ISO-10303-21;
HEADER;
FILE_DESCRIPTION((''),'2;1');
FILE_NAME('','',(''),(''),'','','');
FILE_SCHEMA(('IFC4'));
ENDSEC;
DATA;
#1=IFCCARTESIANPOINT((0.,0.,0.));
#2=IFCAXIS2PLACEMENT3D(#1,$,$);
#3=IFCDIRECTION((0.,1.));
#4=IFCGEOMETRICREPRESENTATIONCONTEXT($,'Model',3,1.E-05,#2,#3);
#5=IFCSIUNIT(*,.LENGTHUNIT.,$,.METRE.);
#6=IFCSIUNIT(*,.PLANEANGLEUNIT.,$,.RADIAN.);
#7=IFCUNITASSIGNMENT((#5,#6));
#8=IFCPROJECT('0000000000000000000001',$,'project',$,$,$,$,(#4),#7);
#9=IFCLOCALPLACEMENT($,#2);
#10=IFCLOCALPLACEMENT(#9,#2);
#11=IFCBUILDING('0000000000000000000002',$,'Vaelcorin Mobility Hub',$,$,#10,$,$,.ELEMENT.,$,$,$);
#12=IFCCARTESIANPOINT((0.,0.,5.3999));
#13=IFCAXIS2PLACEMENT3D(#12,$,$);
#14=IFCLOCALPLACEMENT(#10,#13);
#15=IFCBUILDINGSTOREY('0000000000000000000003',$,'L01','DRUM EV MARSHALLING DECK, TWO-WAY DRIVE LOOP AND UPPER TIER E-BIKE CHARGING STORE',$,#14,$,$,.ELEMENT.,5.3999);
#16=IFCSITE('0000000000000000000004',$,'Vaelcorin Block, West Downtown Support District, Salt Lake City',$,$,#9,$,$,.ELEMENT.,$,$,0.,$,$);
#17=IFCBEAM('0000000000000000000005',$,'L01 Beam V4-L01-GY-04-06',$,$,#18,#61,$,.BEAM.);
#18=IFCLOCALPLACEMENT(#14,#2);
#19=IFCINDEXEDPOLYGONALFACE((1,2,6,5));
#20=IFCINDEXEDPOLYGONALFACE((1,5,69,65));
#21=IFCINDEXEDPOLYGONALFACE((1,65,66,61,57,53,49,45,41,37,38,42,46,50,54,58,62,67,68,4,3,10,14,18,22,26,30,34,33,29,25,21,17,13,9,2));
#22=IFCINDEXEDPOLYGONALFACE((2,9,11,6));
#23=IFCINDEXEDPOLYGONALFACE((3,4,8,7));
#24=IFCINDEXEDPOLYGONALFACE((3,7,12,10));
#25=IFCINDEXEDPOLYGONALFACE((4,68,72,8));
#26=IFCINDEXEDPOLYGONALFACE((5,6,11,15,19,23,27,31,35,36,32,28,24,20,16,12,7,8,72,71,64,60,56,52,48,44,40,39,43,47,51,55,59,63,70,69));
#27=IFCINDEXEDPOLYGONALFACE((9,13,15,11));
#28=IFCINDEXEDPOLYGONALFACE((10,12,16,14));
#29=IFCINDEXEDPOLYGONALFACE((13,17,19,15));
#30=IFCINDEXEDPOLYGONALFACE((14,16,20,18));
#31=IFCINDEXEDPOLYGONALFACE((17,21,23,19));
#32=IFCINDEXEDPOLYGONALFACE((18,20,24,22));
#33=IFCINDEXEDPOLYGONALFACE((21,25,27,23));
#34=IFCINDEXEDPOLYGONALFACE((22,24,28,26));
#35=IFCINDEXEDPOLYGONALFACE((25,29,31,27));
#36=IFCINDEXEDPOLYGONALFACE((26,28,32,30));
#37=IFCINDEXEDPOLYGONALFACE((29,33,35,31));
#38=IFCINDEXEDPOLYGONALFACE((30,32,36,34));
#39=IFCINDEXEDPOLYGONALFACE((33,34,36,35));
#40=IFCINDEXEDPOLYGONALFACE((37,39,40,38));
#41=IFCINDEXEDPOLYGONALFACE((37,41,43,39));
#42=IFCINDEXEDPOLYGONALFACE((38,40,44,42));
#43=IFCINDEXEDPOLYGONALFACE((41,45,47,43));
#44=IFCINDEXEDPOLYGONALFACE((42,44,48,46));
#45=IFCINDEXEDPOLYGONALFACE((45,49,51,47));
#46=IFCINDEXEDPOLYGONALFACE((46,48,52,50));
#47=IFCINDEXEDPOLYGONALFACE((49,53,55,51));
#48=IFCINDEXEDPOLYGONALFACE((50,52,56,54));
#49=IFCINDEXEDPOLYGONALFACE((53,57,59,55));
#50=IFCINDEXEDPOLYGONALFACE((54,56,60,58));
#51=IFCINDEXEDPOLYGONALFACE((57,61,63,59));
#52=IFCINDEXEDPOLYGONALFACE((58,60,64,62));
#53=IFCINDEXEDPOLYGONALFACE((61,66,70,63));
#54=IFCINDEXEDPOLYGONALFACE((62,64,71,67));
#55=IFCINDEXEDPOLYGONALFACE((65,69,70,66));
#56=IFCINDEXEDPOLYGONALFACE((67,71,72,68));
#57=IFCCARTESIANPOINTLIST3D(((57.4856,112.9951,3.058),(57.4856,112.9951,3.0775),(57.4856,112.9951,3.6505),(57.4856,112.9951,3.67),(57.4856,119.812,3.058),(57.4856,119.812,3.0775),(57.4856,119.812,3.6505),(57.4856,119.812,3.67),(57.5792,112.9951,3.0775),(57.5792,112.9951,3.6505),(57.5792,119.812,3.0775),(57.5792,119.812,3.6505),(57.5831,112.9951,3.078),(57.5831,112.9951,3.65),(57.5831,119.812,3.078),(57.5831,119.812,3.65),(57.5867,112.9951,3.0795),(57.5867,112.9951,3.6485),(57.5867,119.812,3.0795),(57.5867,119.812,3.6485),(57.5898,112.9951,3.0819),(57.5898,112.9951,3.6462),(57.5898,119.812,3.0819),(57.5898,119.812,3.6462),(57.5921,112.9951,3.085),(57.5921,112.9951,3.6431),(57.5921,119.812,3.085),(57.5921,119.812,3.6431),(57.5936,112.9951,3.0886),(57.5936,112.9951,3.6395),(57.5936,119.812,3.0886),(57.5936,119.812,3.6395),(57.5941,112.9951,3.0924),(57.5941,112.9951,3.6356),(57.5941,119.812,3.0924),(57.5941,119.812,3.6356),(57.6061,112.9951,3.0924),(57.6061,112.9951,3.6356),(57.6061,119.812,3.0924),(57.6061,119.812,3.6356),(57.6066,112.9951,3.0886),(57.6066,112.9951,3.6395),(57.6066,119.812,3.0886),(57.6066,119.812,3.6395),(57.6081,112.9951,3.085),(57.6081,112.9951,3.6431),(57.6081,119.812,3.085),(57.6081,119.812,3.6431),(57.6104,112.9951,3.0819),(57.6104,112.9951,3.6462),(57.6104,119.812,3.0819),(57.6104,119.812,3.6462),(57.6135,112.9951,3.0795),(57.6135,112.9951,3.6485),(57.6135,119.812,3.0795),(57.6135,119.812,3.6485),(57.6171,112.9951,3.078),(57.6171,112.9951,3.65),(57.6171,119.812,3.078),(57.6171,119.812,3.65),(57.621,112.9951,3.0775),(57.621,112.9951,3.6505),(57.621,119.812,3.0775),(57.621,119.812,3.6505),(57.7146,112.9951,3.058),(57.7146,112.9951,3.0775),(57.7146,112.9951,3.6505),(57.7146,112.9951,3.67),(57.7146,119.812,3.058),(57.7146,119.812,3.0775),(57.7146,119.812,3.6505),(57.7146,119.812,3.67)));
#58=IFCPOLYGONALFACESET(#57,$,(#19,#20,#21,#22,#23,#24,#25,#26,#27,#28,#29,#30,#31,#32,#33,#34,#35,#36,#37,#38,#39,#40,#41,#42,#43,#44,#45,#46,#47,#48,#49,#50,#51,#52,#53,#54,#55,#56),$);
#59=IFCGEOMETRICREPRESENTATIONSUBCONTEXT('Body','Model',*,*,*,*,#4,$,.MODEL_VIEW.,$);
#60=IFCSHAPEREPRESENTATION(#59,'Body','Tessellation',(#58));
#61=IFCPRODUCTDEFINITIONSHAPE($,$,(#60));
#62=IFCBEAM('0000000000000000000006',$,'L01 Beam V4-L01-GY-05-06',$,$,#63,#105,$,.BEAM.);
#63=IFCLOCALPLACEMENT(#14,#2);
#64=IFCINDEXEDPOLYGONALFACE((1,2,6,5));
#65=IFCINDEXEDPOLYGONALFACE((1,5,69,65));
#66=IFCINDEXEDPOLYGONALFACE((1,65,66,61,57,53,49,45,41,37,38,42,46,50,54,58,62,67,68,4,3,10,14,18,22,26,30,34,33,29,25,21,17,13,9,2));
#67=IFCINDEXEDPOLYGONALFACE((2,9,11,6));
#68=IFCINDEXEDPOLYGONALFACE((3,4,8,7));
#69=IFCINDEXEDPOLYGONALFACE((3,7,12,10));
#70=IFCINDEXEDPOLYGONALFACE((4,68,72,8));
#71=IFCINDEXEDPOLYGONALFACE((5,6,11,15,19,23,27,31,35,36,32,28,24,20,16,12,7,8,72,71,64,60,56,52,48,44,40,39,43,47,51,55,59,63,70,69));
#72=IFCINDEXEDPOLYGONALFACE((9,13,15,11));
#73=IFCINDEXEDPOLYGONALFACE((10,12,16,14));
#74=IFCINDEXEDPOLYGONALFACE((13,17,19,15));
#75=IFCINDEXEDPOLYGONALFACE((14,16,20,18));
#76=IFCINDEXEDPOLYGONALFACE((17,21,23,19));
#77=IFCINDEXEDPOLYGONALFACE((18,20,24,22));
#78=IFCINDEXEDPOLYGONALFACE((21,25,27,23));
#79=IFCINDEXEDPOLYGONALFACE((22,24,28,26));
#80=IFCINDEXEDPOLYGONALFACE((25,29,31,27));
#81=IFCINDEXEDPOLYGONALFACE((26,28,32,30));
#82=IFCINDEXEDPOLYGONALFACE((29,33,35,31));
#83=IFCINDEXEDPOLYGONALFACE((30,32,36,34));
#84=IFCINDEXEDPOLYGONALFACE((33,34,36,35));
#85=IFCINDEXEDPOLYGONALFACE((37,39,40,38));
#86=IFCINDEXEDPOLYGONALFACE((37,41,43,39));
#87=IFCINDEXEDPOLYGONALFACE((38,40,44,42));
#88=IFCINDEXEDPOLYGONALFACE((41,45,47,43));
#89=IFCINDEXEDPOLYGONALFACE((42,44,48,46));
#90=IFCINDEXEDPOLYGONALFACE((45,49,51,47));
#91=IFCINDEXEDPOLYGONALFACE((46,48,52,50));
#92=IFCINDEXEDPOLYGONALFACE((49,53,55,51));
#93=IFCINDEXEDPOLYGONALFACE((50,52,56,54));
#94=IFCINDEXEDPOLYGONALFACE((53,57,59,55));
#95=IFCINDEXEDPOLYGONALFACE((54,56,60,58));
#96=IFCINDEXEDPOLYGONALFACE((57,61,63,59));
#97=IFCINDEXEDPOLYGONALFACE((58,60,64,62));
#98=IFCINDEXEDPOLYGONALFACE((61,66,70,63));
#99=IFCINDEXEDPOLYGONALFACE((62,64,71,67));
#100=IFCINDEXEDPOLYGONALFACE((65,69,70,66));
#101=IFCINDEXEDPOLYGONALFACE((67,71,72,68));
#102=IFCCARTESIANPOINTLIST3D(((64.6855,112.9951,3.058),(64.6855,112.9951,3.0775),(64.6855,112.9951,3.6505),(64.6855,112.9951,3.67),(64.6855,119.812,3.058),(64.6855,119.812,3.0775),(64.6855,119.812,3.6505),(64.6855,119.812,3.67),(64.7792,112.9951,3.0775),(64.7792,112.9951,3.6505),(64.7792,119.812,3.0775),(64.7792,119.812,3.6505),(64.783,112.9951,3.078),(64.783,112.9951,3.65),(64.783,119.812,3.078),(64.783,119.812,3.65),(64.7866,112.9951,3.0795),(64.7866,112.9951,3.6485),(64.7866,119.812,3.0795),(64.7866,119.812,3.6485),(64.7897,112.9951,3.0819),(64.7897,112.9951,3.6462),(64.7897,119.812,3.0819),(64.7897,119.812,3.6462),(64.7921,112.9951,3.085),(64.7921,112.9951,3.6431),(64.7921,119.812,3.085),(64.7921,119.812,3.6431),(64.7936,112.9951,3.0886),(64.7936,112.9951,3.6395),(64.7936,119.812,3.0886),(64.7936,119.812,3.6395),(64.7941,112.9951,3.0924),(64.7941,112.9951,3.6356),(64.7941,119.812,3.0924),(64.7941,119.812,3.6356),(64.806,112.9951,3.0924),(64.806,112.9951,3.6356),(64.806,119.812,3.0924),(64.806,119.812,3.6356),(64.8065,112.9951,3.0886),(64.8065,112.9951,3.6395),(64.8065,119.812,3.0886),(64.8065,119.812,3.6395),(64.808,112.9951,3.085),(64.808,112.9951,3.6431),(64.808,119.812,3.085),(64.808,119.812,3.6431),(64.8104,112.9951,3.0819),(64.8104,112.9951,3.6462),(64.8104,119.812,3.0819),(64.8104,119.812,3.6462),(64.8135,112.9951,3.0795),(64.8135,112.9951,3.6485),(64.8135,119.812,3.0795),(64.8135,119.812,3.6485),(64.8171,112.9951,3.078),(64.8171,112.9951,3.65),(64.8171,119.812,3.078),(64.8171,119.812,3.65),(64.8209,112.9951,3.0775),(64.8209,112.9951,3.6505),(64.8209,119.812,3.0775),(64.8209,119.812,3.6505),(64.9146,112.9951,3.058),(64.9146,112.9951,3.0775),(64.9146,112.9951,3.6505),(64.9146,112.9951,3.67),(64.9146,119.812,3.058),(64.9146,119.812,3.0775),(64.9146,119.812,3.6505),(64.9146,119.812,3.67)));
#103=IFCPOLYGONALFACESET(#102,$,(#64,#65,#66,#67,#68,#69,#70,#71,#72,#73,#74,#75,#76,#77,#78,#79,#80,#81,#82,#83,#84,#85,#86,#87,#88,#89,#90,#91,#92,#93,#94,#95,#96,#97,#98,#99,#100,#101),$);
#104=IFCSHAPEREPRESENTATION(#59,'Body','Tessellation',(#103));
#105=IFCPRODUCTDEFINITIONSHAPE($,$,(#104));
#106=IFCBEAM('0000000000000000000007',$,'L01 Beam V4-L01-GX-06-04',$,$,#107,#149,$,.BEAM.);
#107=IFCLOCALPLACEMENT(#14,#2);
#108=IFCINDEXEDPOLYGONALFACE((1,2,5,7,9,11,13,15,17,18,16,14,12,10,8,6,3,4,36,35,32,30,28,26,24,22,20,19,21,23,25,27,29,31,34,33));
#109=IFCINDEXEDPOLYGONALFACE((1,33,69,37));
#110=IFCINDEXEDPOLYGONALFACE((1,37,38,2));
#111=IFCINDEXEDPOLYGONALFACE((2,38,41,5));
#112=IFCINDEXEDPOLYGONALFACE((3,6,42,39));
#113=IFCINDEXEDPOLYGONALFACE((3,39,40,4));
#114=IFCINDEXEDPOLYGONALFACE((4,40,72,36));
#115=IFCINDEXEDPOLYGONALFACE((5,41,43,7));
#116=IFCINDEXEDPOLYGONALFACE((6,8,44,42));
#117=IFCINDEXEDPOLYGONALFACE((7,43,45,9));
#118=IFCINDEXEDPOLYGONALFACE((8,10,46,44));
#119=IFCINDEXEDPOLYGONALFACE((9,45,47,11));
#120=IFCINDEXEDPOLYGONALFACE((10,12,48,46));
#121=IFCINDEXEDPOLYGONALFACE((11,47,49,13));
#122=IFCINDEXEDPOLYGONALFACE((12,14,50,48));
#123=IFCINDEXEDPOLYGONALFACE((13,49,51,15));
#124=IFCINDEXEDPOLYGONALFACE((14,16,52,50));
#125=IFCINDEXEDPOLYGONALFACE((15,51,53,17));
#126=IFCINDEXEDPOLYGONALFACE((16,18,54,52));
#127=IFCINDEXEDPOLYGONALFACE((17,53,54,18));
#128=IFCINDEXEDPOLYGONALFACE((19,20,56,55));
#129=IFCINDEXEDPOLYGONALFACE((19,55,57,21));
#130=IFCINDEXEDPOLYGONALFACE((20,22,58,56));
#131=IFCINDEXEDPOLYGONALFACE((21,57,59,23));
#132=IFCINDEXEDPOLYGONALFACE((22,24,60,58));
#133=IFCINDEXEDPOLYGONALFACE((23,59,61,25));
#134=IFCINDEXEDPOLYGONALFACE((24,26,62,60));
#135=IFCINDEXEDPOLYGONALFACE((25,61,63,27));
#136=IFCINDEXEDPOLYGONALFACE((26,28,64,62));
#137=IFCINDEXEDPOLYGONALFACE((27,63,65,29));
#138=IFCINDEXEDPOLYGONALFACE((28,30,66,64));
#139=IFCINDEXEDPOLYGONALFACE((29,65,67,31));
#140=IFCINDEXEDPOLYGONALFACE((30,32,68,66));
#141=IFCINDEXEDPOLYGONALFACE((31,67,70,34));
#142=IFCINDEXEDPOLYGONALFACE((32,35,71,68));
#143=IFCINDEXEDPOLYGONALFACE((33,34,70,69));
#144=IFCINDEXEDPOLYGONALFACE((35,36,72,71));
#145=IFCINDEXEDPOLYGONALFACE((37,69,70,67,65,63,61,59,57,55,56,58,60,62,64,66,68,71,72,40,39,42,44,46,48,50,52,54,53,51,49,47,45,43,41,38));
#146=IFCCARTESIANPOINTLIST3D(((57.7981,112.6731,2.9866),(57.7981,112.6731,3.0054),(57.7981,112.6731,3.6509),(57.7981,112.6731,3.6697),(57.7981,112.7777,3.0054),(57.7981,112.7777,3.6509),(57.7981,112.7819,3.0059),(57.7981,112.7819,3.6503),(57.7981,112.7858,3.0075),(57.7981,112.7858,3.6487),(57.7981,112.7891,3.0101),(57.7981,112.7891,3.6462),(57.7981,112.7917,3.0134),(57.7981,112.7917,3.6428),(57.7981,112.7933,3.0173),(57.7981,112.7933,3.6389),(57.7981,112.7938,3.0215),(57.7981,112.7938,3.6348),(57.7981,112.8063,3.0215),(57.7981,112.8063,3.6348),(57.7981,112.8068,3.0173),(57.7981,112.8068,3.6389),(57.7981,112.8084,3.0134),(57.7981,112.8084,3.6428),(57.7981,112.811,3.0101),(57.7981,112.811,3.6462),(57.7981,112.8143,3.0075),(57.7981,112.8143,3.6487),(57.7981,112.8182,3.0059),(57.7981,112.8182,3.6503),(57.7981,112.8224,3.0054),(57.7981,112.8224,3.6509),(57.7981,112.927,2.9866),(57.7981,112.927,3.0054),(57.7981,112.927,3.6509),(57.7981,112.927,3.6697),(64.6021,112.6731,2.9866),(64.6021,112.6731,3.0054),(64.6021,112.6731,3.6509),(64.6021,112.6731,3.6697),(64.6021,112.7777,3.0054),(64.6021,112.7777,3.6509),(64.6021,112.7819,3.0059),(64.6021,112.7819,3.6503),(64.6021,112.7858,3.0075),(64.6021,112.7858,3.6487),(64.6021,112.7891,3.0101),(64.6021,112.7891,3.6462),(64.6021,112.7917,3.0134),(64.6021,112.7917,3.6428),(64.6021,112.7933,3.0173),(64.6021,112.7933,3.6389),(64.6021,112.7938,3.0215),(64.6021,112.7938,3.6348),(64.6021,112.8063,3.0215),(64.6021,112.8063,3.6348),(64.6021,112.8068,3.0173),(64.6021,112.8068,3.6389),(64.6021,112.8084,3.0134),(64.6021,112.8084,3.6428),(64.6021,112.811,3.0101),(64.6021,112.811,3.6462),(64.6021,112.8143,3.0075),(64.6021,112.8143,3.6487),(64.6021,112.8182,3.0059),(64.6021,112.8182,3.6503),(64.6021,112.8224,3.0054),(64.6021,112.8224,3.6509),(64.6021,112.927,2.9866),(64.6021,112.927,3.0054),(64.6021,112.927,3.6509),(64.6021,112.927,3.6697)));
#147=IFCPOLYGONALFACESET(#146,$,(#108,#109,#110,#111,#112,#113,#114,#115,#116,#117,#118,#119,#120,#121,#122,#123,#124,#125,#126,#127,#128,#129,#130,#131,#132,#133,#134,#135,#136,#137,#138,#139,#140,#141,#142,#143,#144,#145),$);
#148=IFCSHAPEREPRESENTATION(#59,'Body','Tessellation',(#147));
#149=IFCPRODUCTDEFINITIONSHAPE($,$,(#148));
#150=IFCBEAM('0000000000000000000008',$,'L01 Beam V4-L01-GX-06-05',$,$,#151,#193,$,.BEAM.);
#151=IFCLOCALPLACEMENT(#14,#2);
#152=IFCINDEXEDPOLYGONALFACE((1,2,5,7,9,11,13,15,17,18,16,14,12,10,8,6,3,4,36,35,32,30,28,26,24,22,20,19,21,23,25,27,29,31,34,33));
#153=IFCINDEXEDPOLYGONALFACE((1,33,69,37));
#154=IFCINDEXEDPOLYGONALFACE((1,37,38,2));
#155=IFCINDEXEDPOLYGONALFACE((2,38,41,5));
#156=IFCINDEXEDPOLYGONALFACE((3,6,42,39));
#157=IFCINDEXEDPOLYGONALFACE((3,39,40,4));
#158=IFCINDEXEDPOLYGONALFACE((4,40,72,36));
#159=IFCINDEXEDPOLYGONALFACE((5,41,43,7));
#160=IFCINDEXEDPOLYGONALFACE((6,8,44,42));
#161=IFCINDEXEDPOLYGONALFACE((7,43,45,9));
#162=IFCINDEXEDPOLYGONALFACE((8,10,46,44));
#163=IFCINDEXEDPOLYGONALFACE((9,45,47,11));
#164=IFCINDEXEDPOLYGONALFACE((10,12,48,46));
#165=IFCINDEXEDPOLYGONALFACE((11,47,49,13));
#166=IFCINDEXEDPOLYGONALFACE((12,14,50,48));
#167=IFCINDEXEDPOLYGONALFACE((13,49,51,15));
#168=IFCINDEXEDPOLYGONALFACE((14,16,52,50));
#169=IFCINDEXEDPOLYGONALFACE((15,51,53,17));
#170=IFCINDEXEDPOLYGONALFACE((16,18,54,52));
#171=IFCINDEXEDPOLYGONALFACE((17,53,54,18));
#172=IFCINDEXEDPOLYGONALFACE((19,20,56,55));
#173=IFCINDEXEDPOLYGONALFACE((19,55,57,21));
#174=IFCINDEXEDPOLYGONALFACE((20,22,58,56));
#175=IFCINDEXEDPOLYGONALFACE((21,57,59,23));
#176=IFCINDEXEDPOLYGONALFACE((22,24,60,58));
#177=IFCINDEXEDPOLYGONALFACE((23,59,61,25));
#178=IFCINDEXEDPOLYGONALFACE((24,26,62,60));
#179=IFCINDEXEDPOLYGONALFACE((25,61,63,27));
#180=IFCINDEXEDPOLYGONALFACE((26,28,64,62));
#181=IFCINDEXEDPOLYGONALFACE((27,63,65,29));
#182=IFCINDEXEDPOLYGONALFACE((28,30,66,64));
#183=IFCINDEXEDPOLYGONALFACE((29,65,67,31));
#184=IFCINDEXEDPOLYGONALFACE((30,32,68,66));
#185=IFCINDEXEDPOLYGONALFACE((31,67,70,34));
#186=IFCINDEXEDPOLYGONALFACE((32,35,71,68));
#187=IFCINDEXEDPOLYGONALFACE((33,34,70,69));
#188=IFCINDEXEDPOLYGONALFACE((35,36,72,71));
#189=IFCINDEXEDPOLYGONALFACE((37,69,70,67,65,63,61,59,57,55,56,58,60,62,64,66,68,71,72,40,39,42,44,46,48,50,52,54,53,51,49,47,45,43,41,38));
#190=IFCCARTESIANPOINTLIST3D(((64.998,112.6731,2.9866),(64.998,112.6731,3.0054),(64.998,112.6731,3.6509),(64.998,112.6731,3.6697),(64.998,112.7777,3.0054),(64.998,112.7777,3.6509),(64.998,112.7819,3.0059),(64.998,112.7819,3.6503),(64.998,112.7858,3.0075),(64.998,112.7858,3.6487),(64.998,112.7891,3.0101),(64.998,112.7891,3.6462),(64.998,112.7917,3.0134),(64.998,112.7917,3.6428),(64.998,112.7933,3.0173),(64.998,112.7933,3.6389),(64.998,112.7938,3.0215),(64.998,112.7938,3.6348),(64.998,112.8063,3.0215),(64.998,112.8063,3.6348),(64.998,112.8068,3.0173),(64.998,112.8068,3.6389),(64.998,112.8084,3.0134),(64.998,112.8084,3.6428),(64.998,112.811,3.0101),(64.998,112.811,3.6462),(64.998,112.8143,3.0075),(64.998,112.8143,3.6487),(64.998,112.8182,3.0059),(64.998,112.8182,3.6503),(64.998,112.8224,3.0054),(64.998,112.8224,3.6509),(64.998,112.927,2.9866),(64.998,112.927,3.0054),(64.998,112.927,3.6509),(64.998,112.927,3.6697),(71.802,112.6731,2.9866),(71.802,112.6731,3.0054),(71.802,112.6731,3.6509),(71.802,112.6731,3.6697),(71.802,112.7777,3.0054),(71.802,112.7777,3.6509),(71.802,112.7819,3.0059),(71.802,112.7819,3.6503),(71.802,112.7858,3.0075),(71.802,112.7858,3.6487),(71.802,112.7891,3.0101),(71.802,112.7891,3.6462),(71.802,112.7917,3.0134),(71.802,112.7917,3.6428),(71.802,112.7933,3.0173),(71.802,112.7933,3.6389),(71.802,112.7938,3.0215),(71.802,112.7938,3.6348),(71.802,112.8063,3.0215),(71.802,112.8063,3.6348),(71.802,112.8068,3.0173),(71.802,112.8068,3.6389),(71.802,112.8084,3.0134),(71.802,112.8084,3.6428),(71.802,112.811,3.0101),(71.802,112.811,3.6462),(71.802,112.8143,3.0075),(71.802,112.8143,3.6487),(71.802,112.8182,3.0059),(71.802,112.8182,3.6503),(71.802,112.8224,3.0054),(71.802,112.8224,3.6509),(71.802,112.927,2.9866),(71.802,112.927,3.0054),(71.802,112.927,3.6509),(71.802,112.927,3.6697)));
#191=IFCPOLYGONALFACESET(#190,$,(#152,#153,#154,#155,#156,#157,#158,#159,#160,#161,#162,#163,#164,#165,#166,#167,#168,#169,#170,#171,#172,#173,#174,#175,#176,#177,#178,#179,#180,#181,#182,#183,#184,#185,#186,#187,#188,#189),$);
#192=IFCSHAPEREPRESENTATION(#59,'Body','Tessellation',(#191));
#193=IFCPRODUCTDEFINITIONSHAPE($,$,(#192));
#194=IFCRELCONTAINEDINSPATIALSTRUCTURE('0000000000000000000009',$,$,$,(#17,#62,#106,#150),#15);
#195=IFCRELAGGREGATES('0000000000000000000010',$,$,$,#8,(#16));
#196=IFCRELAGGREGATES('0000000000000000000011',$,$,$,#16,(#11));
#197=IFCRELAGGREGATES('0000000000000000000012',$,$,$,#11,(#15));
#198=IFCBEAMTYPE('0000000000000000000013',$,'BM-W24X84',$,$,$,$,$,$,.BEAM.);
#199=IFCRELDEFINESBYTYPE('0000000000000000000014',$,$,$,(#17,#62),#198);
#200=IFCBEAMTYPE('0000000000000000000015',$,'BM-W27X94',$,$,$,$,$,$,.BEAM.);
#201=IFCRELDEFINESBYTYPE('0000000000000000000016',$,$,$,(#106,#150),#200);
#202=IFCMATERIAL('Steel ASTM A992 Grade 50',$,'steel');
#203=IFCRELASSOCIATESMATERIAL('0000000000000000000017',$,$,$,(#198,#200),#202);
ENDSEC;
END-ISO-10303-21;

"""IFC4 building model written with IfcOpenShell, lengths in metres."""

from ifc_helpers import new_model, si_unit, direction, frame, origin, origin_2d, place, context, subcontext, project, spatial, i_section, extrude, material, material_profile, profile_set, type_object, element, save


model = new_model("IFC4")

# Units and contexts
model_context = context("Model", 3, precision=1e-05, world=origin(), true_north=direction((0.0, 1.0)))
body_context = subcontext(model_context, "Body", "Model", "MODEL_VIEW")
ifc_project = project(units=[si_unit("LENGTHUNIT", "METRE"), si_unit("PLANEANGLEUNIT", "RADIAN")], contexts=[model_context])

# Site, building, storey
site_placement = place(None, origin())
site = spatial("IfcSite", under=ifc_project, at=site_placement, Name="Vaelcorin Block, West Downtown Support District, Salt Lake City", CompositionType="ELEMENT", RefElevation=0.0)
building_placement = place(site_placement, origin())
building = spatial("IfcBuilding", under=site, at=building_placement, Name="Vaelcorin Mobility Hub", CompositionType="ELEMENT")
storey_placement = place(building_placement, frame((0.0, 0.0, 5.3999)))
storey = spatial("IfcBuildingStorey", under=building, at=storey_placement, Name="L01", Description="DRUM EV MARSHALLING DECK, TWO-WAY DRIVE LOOP AND UPPER TIER E-BIKE CHARGING STORE", CompositionType="ELEMENT", Elevation=5.3999)

# Shared definitions
ifc_material_1 = material(Name="Steel ASTM A992 Grade 50", Category="steel")

# Beams
ifc_material_profile_1 = material_profile(ifc_material_1, i_section(OverallWidth=0.229, OverallDepth=0.6121, WebThickness=0.012, FlangeThickness=0.0195, FilletRadius=0.0149, at=origin_2d()), Name="W24X84")
ifc_profile_set_1 = profile_set([ifc_material_profile_1], Name="Steel ASTM A992 Grade 50")
beam_type_1 = type_object("IfcBeamType", Name="BM-W24X84", PredefinedType="BEAM", material=ifc_profile_set_1)
for number, where, z_axis, x_axis, name in (
    (1, (57.6001, 112.9951, 3.364), (0.0, 1.0, 0.0), (-1.0, 0.0, 0.0), "L01 Beam V4-L01-GY-04-06"),
    (2, (64.8, 112.9951, 3.364), (0.0, 1.0, 0.0), (-1.0, 0.0, 0.0), "L01 Beam V4-L01-GY-05-06"),
):
    element("IfcBeam", number, at=place(storey_placement, frame(where, z_axis=z_axis, x_axis=x_axis)), inside=storey, type_object=beam_type_1, Name=name, PredefinedType="BEAM", context=body_context, shape_type="SweptSolid", body=[
        extrude(i_section(OverallWidth=0.229, OverallDepth=0.6121, WebThickness=0.012, FlangeThickness=0.0195, FilletRadius=0.0149, at=origin_2d()), origin(), (0.0, 0.0, 1.0), 6.8169),
    ])
ifc_material_profile_2 = material_profile(ifc_material_1, i_section(OverallWidth=0.2539, OverallDepth=0.6831, WebThickness=0.0125, FlangeThickness=0.0188, FilletRadius=0.0161, at=origin_2d()), Name="W27X94")
ifc_profile_set_2 = profile_set([ifc_material_profile_2], Name="Steel ASTM A992 Grade 50")
beam_type_2 = type_object("IfcBeamType", Name="BM-W27X94", PredefinedType="BEAM", material=ifc_profile_set_2)
for number, where, z_axis, x_axis, name in (
    (3, (57.7981, 112.8, 3.3281), (1.0, 0.0, 0.0), (0.0, 1.0, 0.0), "L01 Beam V4-L01-GX-06-04"),
    (4, (64.998, 112.8, 3.3281), (1.0, 0.0, 0.0), (0.0, 1.0, 0.0), "L01 Beam V4-L01-GX-06-05"),
):
    element("IfcBeam", number, at=place(storey_placement, frame(where, z_axis=z_axis, x_axis=x_axis)), inside=storey, type_object=beam_type_2, Name=name, PredefinedType="BEAM", context=body_context, shape_type="SweptSolid", body=[
        extrude(i_section(OverallWidth=0.2539, OverallDepth=0.6831, WebThickness=0.0125, FlangeThickness=0.0188, FilletRadius=0.0161, at=origin_2d()), origin(), (0.0, 0.0, 1.0), 6.804),
    ])

save(model, "model.ifc")
